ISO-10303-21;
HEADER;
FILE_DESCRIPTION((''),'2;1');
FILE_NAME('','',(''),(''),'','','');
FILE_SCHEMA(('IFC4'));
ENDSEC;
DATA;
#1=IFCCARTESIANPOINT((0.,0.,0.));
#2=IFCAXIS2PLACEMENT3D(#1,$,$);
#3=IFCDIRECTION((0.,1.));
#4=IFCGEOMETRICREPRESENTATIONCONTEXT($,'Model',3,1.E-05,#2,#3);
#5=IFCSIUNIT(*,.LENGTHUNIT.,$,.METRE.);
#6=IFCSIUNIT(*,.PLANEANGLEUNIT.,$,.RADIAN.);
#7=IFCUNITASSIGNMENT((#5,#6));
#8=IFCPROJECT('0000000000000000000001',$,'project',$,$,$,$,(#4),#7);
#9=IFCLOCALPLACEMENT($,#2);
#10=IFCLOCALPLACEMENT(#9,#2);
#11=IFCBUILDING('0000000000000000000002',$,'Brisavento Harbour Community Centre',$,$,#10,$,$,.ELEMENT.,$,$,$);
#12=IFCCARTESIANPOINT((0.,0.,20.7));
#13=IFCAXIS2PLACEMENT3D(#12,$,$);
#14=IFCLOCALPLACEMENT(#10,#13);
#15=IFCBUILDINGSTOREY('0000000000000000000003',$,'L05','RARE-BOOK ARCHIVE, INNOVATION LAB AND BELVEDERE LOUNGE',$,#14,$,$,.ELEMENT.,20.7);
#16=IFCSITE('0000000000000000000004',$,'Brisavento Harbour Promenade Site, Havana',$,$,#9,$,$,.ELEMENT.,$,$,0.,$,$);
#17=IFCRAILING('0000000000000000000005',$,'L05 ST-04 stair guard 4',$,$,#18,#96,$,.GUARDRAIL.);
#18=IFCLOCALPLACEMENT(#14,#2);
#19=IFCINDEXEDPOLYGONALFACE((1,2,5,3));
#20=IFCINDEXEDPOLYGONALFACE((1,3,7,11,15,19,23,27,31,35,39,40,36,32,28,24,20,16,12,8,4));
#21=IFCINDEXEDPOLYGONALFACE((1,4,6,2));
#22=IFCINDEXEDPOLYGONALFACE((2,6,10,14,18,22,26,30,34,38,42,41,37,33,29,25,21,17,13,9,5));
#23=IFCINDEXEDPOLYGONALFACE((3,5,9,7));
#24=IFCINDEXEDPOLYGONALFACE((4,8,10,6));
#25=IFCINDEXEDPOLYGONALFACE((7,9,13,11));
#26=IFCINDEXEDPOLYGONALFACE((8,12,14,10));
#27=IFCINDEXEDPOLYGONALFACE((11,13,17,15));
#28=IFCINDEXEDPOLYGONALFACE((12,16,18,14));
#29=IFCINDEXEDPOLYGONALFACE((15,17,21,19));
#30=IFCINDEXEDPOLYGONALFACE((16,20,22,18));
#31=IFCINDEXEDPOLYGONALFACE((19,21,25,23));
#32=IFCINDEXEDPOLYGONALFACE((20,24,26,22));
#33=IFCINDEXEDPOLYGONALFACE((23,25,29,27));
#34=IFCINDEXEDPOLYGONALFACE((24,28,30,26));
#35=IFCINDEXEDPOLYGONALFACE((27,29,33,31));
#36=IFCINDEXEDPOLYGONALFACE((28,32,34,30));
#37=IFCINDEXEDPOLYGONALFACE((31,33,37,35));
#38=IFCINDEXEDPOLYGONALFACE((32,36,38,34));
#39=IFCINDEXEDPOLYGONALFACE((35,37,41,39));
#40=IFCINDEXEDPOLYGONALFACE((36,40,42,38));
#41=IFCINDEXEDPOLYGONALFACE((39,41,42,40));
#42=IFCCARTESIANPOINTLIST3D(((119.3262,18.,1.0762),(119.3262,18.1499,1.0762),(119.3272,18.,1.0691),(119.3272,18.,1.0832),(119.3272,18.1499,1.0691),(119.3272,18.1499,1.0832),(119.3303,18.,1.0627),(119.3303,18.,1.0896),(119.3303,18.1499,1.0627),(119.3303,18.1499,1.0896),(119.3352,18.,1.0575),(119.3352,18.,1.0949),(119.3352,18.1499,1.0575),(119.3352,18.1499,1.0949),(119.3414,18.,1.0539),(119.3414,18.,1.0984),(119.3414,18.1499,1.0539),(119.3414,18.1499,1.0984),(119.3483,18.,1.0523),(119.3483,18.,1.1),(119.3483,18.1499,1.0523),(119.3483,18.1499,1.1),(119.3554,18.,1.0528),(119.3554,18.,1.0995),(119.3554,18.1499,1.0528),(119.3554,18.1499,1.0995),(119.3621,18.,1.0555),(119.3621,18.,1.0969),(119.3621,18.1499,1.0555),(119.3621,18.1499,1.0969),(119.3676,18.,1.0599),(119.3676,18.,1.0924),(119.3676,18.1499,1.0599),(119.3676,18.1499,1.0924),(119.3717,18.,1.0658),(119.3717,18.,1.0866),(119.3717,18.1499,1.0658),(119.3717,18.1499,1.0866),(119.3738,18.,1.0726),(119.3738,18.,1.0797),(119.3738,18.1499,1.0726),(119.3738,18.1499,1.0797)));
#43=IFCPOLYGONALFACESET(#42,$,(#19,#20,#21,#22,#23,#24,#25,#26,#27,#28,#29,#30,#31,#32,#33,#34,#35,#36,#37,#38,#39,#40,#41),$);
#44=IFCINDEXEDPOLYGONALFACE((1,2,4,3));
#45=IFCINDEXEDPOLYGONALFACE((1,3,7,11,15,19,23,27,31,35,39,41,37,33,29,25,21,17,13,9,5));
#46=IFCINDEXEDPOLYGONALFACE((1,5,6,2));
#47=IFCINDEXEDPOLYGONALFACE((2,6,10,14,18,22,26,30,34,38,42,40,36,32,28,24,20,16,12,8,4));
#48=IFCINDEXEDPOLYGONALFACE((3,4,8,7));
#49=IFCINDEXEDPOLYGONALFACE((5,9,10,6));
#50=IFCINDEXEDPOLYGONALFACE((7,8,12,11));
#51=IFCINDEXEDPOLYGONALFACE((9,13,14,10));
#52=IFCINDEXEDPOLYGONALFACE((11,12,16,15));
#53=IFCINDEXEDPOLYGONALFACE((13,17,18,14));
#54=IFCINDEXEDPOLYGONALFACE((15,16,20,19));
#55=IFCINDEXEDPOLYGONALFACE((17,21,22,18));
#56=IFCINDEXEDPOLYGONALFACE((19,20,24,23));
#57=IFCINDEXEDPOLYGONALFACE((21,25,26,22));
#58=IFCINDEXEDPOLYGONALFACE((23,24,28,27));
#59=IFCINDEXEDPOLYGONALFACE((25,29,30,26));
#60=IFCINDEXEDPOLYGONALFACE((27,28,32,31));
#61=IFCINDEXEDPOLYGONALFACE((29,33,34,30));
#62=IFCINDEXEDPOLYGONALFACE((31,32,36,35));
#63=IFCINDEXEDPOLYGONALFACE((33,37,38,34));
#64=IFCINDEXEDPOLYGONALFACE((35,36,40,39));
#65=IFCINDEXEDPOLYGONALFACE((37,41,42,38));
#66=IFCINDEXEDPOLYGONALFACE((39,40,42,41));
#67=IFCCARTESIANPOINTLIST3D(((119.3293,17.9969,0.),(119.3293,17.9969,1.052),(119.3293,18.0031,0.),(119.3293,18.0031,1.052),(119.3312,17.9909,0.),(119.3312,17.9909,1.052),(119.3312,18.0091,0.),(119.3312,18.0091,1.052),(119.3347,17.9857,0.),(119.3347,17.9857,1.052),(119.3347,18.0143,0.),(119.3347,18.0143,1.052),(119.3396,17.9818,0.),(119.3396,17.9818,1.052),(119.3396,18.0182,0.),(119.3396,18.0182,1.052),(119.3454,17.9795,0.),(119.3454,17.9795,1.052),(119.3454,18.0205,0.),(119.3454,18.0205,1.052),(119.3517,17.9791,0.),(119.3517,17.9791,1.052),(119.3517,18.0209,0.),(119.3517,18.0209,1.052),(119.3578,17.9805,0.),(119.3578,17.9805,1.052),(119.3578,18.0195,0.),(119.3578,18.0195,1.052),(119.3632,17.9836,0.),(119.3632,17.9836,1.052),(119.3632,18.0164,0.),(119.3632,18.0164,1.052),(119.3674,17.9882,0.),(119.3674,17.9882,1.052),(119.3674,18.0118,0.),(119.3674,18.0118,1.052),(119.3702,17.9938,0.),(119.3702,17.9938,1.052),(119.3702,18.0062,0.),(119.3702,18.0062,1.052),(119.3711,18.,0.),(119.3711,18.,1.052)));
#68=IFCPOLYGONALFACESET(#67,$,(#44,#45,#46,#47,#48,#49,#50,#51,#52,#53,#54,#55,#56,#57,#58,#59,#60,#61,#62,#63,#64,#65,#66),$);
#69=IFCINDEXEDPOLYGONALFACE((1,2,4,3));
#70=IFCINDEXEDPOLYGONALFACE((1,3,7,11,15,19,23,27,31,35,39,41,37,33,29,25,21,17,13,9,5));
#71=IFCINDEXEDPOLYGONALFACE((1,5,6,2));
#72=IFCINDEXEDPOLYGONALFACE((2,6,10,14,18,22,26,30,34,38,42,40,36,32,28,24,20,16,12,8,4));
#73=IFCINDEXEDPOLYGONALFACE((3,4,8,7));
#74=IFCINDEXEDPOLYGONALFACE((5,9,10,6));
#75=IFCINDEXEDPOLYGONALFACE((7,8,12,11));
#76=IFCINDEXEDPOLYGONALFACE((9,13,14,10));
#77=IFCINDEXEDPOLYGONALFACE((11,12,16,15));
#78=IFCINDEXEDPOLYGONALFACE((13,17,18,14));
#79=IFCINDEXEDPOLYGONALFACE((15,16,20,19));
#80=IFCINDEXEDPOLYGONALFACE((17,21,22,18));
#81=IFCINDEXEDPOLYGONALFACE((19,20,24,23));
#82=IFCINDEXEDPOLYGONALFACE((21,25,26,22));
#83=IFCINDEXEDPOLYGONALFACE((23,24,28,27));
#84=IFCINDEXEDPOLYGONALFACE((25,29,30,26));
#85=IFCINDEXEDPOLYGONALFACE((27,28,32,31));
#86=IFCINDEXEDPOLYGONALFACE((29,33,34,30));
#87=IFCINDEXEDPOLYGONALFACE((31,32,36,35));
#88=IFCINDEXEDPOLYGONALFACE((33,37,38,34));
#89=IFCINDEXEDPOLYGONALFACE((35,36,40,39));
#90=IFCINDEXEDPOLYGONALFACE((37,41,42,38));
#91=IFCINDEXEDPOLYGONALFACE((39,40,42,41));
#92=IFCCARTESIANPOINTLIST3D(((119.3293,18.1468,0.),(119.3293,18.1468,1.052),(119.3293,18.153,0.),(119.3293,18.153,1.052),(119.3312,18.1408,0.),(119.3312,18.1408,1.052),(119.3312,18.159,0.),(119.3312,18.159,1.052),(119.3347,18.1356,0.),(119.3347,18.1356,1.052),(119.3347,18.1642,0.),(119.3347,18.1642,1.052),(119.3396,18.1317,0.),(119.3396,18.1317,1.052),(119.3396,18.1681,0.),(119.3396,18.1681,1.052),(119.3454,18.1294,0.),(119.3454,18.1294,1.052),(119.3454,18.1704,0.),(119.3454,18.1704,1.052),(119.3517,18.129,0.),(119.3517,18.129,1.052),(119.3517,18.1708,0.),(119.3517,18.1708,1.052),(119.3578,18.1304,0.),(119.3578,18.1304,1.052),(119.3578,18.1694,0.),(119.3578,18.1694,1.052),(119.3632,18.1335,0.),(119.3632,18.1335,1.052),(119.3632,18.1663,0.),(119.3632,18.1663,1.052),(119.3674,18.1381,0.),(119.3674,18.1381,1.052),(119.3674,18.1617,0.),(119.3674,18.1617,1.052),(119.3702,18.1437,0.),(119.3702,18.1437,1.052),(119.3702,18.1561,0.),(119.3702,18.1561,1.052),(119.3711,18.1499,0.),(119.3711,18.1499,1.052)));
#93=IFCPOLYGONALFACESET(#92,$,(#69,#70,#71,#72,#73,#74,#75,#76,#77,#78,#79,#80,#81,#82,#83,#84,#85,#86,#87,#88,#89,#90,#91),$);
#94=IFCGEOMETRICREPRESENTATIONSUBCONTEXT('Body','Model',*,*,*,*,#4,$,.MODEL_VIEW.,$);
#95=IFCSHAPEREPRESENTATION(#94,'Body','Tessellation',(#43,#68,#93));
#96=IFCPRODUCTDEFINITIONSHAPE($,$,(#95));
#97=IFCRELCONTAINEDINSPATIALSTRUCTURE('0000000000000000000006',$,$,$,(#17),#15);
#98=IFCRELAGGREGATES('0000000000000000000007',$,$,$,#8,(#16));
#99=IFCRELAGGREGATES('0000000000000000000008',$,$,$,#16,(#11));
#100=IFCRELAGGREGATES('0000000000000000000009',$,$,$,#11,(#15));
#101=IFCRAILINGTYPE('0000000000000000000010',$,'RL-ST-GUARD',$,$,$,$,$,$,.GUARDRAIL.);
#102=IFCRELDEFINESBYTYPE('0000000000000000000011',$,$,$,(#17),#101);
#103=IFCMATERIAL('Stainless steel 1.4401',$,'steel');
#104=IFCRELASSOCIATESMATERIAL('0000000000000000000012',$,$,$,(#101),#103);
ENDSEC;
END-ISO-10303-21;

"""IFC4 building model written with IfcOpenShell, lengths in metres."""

from ifc_helpers import new_model, si_unit, direction, frame, origin, origin_2d, place, context, subcontext, project, spatial, circle, extrude, material, type_object, element, save


model = new_model("IFC4")

# Units and contexts
model_context = context("Model", 3, precision=1e-05, world=origin(), true_north=direction((0.0, 1.0)))
body_context = subcontext(model_context, "Body", "Model", "MODEL_VIEW")
ifc_project = project(units=[si_unit("LENGTHUNIT", "METRE"), si_unit("PLANEANGLEUNIT", "RADIAN")], contexts=[model_context])

# Site, building, storey
site_placement = place(None, origin())
site = spatial("IfcSite", under=ifc_project, at=site_placement, Name="Brisavento Harbour Promenade Site, Havana", CompositionType="ELEMENT", RefElevation=0.0)
building_placement = place(site_placement, origin())
building = spatial("IfcBuilding", under=site, at=building_placement, Name="Brisavento Harbour Community Centre", CompositionType="ELEMENT")
storey_placement = place(building_placement, frame((0.0, 0.0, 20.7)))
storey = spatial("IfcBuildingStorey", under=building, at=storey_placement, Name="L05", Description="RARE-BOOK ARCHIVE, INNOVATION LAB AND BELVEDERE LOUNGE", CompositionType="ELEMENT", Elevation=20.7)

# Railing
ifc_material_1 = material(Name="Stainless steel 1.4401", Category="steel")
railing_type_1 = type_object("IfcRailingType", Name="RL-ST-GUARD", PredefinedType="GUARDRAIL", material=ifc_material_1)
railing_1_placement = place(storey_placement, frame((119.3501, 18.0, 0.0)))
element("IfcRailing", 1, at=railing_1_placement, inside=storey, type_object=railing_type_1, Name="L05 ST-04 stair guard 4", PredefinedType="GUARDRAIL", context=body_context, shape_type="SweptSolid", body=[
    extrude(circle(Radius=0.0239, at=origin_2d()), frame((0.0, 0.0, 1.0762), z_axis=(0.0, 1.0, 0.0), x_axis=(-1.0, 0.0, 0.0)), (0.0, 0.0, 1.0), 0.1499),
    extrude(circle(Radius=0.021, at=origin_2d()), origin(), (0.0, 0.0, 1.0), 1.052),
    extrude(circle(Radius=0.021, at=origin_2d()), frame((0.0, 0.1499, 0.0)), (0.0, 0.0, 1.0), 1.052),
])

save(model, "model.ifc")
